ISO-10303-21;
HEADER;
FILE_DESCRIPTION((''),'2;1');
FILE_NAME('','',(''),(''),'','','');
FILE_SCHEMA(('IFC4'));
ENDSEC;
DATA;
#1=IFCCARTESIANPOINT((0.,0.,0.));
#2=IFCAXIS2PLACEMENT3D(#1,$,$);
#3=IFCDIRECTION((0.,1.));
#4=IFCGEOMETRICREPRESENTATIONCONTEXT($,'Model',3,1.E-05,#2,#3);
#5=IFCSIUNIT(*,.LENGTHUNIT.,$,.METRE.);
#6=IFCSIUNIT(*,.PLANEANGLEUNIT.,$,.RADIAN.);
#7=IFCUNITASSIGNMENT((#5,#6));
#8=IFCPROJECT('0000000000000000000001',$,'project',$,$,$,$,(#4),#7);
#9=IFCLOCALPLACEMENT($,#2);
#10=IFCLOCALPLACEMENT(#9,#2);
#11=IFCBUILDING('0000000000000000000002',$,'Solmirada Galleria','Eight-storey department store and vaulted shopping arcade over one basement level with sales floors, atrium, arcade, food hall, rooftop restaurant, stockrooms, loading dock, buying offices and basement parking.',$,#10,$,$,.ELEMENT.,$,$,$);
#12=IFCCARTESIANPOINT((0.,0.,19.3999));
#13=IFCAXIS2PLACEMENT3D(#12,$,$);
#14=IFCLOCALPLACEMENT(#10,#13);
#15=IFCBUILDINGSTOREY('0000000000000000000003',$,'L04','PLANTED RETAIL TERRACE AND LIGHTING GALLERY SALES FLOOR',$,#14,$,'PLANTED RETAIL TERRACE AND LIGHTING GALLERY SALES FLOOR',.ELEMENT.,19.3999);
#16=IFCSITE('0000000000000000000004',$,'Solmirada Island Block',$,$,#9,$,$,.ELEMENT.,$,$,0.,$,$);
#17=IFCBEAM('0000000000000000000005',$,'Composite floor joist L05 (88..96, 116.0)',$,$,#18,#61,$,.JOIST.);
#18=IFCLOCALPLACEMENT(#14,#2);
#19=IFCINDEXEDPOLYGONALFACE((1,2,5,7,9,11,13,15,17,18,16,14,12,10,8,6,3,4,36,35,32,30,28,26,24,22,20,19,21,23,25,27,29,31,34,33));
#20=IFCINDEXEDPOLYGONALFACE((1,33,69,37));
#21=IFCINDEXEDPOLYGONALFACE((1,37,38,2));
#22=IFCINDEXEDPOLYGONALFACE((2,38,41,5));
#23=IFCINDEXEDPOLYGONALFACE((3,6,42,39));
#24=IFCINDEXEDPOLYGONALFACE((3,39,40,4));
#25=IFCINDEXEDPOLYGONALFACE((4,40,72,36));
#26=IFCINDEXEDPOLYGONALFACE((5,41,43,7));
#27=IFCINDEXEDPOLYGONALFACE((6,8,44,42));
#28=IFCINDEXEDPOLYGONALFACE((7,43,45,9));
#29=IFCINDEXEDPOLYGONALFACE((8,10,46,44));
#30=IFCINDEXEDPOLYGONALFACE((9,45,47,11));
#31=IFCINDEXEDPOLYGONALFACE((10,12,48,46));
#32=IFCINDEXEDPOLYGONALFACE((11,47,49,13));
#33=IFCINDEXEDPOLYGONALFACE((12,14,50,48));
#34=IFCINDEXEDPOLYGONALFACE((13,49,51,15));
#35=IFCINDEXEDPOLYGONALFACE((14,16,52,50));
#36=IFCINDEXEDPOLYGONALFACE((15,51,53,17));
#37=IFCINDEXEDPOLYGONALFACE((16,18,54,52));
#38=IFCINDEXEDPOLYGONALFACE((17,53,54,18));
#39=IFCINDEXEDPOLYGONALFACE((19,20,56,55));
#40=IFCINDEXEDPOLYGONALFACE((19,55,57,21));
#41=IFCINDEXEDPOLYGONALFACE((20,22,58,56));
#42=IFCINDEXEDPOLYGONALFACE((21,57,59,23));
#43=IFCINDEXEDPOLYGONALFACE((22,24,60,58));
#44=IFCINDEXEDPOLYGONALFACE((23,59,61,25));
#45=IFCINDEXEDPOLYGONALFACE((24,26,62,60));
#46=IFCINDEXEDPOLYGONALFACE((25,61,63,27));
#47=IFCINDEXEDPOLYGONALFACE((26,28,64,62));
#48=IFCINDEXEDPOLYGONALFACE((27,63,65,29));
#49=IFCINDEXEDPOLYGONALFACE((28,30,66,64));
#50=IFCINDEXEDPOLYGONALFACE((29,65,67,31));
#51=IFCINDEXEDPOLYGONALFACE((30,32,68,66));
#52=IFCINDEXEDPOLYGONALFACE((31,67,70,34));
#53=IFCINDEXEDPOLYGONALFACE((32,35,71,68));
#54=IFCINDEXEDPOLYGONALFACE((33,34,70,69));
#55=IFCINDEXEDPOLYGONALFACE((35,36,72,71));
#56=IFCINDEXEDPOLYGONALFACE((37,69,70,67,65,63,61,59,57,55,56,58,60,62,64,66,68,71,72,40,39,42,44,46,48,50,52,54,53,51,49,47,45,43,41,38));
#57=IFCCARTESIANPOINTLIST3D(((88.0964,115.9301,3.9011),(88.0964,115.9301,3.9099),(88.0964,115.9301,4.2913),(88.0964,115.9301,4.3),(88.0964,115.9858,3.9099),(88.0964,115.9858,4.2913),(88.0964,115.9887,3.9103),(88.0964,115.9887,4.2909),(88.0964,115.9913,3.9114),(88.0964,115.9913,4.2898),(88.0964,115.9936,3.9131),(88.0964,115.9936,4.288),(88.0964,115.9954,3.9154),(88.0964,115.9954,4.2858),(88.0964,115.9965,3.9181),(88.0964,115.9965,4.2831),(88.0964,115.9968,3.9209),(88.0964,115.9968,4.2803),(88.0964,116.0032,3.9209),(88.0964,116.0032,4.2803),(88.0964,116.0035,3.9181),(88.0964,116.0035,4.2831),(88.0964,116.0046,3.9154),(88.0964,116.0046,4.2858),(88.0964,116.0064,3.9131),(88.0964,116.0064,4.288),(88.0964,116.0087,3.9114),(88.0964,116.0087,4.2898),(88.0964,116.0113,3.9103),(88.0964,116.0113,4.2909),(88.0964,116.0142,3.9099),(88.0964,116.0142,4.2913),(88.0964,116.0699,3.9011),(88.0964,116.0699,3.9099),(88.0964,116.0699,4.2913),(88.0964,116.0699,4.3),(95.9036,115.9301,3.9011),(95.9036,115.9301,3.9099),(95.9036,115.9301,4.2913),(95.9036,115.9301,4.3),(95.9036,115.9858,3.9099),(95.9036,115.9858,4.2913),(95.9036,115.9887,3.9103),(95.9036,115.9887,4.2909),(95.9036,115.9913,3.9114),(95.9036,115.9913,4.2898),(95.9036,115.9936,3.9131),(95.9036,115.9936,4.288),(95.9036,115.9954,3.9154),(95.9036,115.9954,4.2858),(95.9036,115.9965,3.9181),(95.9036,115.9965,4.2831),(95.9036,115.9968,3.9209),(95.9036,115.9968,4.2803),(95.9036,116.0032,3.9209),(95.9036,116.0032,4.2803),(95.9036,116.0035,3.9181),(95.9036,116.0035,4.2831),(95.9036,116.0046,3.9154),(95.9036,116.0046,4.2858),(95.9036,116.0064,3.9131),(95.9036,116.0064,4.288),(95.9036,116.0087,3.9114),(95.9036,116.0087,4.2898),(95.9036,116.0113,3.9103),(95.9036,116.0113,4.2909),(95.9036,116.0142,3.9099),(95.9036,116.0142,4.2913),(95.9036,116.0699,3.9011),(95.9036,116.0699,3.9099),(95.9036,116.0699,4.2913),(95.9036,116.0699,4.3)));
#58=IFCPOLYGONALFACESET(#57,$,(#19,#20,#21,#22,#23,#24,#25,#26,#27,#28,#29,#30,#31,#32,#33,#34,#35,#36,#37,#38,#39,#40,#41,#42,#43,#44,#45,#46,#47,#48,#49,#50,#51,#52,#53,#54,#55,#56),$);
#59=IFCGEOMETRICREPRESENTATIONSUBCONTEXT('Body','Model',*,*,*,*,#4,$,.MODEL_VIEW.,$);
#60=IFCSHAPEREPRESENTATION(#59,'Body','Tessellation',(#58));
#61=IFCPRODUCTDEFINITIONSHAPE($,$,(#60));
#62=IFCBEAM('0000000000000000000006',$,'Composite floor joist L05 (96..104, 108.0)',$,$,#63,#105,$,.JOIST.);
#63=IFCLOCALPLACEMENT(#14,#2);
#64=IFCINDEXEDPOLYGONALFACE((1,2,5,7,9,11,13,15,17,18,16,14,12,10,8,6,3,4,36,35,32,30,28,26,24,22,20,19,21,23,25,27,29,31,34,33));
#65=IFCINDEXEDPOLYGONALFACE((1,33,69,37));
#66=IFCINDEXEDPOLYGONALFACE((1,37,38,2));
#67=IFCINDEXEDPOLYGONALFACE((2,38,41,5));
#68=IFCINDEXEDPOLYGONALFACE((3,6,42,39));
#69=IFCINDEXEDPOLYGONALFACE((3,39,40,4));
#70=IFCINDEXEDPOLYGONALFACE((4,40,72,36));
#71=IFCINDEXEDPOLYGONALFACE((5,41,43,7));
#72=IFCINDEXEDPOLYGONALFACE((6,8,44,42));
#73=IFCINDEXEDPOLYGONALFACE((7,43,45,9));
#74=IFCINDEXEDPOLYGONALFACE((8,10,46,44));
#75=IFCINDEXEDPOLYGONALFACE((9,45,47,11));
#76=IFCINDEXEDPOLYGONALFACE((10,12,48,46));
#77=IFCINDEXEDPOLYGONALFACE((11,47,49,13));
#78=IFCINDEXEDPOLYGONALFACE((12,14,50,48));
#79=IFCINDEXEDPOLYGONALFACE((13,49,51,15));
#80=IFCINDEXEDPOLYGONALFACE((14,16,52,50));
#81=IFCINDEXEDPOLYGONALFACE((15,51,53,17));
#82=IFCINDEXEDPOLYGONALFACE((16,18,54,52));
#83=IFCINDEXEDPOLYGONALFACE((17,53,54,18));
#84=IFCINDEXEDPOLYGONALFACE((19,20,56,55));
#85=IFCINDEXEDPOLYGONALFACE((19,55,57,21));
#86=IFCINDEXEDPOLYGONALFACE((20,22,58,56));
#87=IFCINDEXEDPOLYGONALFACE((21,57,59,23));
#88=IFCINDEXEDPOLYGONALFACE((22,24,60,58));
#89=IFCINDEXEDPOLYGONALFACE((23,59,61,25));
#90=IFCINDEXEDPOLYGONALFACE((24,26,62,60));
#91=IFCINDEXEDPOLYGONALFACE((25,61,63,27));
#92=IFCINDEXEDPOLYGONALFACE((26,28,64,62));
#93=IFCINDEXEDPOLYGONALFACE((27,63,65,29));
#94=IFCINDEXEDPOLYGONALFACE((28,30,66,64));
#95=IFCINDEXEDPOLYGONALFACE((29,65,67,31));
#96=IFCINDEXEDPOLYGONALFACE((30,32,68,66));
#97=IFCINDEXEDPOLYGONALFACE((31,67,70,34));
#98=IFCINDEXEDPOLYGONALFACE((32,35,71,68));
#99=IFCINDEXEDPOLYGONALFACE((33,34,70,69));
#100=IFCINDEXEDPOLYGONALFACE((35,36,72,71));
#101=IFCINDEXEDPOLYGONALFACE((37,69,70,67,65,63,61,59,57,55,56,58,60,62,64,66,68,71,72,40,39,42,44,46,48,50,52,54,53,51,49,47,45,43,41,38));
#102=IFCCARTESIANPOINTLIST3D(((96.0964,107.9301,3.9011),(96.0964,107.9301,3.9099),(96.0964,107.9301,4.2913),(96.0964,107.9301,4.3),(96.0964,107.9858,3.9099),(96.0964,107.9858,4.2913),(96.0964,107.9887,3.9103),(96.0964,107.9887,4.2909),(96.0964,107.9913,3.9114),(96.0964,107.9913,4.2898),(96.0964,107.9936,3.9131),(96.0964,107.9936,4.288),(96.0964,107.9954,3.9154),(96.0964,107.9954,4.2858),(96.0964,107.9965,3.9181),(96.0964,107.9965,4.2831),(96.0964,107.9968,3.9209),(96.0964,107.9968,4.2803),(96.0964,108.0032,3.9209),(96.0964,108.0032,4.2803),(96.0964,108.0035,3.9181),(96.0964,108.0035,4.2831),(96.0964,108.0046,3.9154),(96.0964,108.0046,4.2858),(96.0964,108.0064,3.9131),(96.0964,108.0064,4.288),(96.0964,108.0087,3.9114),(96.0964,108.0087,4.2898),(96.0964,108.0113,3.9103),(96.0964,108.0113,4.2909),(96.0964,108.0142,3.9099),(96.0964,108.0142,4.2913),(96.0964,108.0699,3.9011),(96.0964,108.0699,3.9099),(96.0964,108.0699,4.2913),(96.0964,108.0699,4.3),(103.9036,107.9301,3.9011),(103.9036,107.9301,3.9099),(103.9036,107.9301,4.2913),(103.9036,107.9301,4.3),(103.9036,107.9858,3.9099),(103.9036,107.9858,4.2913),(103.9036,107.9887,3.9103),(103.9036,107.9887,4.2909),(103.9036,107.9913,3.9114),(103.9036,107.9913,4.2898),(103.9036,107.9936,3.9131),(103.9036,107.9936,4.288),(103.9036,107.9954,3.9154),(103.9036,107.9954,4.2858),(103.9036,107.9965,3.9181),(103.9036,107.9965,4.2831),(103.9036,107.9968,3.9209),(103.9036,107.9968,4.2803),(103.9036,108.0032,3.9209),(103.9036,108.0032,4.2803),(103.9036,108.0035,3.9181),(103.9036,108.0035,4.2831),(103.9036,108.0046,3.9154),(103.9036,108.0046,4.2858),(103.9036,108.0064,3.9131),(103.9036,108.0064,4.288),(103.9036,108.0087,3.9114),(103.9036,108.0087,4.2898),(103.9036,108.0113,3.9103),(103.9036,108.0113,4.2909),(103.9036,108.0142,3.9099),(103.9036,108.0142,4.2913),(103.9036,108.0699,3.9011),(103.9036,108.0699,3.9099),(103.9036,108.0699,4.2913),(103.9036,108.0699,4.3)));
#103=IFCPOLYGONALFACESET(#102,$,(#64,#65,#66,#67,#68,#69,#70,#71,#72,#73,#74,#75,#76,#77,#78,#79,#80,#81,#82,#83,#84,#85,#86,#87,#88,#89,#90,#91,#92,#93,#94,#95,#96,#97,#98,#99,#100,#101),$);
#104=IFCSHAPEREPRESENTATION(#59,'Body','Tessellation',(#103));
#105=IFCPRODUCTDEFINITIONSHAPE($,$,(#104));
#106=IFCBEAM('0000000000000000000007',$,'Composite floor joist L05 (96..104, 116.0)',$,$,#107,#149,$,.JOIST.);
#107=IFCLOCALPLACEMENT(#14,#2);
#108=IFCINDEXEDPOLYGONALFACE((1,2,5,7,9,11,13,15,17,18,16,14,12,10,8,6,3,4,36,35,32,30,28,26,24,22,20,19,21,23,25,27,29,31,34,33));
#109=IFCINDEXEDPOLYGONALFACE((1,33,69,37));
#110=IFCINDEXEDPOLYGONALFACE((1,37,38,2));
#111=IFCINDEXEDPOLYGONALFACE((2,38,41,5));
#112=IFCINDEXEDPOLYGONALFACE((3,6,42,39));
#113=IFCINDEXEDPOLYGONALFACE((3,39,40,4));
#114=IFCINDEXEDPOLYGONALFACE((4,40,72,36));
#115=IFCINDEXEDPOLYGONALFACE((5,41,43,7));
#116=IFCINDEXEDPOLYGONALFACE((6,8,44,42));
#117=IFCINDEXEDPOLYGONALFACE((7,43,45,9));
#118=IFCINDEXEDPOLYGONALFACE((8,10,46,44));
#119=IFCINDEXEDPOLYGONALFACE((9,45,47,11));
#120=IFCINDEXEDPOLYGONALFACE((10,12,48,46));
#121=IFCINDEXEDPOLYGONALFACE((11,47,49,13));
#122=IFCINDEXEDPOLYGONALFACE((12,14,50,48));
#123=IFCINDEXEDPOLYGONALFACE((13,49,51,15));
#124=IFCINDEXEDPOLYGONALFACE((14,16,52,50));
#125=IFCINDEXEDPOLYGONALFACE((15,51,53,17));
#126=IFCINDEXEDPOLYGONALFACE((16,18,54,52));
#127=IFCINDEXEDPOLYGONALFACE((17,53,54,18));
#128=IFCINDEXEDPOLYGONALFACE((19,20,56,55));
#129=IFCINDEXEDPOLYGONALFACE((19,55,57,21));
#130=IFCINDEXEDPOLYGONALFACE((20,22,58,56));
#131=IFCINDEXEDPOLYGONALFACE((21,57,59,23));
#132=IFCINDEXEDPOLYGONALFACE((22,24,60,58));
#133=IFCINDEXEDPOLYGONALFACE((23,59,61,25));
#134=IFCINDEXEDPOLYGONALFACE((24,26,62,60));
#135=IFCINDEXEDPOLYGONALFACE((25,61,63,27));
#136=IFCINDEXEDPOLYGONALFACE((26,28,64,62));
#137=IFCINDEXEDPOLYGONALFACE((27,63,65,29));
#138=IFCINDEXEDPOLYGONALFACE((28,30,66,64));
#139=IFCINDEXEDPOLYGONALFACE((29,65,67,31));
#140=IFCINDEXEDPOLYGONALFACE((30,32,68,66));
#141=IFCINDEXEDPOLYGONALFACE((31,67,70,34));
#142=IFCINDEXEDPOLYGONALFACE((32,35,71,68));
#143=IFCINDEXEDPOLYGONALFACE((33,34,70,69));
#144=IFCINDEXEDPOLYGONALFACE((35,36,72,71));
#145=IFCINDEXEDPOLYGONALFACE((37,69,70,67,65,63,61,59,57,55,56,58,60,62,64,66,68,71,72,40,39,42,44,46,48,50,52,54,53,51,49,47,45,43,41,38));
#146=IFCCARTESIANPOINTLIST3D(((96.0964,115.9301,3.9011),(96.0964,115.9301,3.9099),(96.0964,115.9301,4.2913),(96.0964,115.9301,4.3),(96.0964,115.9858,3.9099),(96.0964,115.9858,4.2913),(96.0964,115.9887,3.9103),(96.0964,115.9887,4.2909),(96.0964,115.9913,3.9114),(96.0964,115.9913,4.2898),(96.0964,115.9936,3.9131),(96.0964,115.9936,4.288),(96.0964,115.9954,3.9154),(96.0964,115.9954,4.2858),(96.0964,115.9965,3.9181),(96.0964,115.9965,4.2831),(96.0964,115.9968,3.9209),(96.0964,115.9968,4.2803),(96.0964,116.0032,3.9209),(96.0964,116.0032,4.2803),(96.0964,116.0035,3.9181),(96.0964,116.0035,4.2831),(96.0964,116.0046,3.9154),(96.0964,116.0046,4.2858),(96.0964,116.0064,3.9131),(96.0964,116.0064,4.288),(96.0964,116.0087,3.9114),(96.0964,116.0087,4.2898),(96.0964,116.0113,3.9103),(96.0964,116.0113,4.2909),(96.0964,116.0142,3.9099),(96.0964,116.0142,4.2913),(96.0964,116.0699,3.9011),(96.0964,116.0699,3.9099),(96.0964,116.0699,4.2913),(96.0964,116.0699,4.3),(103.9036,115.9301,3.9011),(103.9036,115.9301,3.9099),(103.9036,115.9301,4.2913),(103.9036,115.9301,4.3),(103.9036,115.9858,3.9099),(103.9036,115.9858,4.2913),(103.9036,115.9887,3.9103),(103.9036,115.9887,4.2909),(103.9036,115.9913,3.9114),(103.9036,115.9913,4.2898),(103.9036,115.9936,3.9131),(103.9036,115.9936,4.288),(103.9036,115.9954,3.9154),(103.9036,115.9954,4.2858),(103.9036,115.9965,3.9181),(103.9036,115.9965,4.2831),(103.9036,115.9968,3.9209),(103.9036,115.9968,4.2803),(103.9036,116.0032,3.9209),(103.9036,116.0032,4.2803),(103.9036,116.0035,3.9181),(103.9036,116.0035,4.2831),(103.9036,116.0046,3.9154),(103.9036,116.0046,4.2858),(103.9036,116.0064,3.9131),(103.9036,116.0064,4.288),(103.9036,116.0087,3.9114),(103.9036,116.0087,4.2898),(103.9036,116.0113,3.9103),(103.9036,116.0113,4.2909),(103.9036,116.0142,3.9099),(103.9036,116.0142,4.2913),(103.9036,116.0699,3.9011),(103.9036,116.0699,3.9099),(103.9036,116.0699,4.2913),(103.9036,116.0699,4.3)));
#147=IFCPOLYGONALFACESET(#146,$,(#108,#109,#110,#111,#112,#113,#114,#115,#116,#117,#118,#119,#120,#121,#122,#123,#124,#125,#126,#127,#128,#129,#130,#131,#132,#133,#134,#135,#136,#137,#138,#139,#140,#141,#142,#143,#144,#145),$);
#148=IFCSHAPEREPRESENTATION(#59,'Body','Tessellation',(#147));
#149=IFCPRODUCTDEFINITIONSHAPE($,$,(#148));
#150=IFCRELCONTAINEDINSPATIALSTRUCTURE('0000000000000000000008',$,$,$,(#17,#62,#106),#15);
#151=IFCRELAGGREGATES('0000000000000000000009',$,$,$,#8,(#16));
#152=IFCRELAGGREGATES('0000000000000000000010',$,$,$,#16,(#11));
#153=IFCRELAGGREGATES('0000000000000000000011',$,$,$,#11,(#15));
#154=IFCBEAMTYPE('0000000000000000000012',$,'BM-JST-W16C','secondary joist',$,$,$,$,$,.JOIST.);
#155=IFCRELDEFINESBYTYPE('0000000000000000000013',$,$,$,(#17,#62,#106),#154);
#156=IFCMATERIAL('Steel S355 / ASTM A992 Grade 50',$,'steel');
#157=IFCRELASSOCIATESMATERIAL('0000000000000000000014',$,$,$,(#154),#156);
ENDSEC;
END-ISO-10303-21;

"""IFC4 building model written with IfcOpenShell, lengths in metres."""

from ifc_helpers import new_model, si_unit, direction, frame, origin, origin_2d, place, context, subcontext, project, spatial, i_section, extrude, material, material_profile, profile_set, type_object, element, save


model = new_model("IFC4")

# Units and contexts
model_context = context("Model", 3, precision=1e-05, world=origin(), true_north=direction((0.0, 1.0)))
body_context = subcontext(model_context, "Body", "Model", "MODEL_VIEW")
ifc_project = project(units=[si_unit("LENGTHUNIT", "METRE"), si_unit("PLANEANGLEUNIT", "RADIAN")], contexts=[model_context])

# Site, building, storey
site_placement = place(None, origin())
site = spatial("IfcSite", under=ifc_project, at=site_placement, Name="Solmirada Island Block", CompositionType="ELEMENT", RefElevation=0.0)
building_placement = place(site_placement, origin())
building = spatial("IfcBuilding", under=site, at=building_placement, Name="Solmirada Galleria", Description="Eight-storey department store and vaulted shopping arcade over one basement level with sales floors, atrium, arcade, food hall, rooftop restaurant, stockrooms, loading dock, buying offices and basement parking.", CompositionType="ELEMENT")
storey_placement = place(building_placement, frame((0.0, 0.0, 19.3999)))
storey = spatial("IfcBuildingStorey", under=building, at=storey_placement, Name="L04", Description="PLANTED RETAIL TERRACE AND LIGHTING GALLERY SALES FLOOR", LongName="PLANTED RETAIL TERRACE AND LIGHTING GALLERY SALES FLOOR", CompositionType="ELEMENT", Elevation=19.3999)

# Beams
ifc_material_1 = material(Name="Steel S355 / ASTM A992 Grade 50", Category="steel")
ifc_material_profile_1 = material_profile(ifc_material_1, i_section(OverallWidth=0.1399, OverallDepth=0.3989, WebThickness=0.0063, FlangeThickness=0.0088, FilletRadius=0.011, at=origin_2d()), Name="W16X26")
ifc_profile_set_1 = profile_set([ifc_material_profile_1], Name="Steel S355 / ASTM A992 Grade 50")
beam_type_1 = type_object("IfcBeamType", Name="BM-JST-W16C", Description="secondary joist", PredefinedType="JOIST", material=ifc_profile_set_1)
for number, where, z_axis, x_axis, name in (
    (1, (88.0964, 116.0, 4.1006), (1.0, 0.0, 0.0), (0.0, 1.0, 0.0), "Composite floor joist L05 (88..96, 116.0)"),
    (2, (96.0964, 108.0, 4.1006), (1.0, 0.0, 0.0), (0.0, 1.0, 0.0), "Composite floor joist L05 (96..104, 108.0)"),
    (3, (96.0964, 116.0, 4.1006), (1.0, 0.0, 0.0), (0.0, 1.0, 0.0), "Composite floor joist L05 (96..104, 116.0)"),
):
    element("IfcBeam", number, at=place(storey_placement, frame(where, z_axis=z_axis, x_axis=x_axis)), inside=storey, type_object=beam_type_1, Name=name, PredefinedType="JOIST", context=body_context, shape_type="SweptSolid", body=[
        extrude(i_section(OverallWidth=0.1399, OverallDepth=0.3989, WebThickness=0.0063, FlangeThickness=0.0088, FilletRadius=0.011, at=origin_2d()), origin(), (0.0, 0.0, 1.0), 7.8071),
    ])

save(model, "model.ifc")
